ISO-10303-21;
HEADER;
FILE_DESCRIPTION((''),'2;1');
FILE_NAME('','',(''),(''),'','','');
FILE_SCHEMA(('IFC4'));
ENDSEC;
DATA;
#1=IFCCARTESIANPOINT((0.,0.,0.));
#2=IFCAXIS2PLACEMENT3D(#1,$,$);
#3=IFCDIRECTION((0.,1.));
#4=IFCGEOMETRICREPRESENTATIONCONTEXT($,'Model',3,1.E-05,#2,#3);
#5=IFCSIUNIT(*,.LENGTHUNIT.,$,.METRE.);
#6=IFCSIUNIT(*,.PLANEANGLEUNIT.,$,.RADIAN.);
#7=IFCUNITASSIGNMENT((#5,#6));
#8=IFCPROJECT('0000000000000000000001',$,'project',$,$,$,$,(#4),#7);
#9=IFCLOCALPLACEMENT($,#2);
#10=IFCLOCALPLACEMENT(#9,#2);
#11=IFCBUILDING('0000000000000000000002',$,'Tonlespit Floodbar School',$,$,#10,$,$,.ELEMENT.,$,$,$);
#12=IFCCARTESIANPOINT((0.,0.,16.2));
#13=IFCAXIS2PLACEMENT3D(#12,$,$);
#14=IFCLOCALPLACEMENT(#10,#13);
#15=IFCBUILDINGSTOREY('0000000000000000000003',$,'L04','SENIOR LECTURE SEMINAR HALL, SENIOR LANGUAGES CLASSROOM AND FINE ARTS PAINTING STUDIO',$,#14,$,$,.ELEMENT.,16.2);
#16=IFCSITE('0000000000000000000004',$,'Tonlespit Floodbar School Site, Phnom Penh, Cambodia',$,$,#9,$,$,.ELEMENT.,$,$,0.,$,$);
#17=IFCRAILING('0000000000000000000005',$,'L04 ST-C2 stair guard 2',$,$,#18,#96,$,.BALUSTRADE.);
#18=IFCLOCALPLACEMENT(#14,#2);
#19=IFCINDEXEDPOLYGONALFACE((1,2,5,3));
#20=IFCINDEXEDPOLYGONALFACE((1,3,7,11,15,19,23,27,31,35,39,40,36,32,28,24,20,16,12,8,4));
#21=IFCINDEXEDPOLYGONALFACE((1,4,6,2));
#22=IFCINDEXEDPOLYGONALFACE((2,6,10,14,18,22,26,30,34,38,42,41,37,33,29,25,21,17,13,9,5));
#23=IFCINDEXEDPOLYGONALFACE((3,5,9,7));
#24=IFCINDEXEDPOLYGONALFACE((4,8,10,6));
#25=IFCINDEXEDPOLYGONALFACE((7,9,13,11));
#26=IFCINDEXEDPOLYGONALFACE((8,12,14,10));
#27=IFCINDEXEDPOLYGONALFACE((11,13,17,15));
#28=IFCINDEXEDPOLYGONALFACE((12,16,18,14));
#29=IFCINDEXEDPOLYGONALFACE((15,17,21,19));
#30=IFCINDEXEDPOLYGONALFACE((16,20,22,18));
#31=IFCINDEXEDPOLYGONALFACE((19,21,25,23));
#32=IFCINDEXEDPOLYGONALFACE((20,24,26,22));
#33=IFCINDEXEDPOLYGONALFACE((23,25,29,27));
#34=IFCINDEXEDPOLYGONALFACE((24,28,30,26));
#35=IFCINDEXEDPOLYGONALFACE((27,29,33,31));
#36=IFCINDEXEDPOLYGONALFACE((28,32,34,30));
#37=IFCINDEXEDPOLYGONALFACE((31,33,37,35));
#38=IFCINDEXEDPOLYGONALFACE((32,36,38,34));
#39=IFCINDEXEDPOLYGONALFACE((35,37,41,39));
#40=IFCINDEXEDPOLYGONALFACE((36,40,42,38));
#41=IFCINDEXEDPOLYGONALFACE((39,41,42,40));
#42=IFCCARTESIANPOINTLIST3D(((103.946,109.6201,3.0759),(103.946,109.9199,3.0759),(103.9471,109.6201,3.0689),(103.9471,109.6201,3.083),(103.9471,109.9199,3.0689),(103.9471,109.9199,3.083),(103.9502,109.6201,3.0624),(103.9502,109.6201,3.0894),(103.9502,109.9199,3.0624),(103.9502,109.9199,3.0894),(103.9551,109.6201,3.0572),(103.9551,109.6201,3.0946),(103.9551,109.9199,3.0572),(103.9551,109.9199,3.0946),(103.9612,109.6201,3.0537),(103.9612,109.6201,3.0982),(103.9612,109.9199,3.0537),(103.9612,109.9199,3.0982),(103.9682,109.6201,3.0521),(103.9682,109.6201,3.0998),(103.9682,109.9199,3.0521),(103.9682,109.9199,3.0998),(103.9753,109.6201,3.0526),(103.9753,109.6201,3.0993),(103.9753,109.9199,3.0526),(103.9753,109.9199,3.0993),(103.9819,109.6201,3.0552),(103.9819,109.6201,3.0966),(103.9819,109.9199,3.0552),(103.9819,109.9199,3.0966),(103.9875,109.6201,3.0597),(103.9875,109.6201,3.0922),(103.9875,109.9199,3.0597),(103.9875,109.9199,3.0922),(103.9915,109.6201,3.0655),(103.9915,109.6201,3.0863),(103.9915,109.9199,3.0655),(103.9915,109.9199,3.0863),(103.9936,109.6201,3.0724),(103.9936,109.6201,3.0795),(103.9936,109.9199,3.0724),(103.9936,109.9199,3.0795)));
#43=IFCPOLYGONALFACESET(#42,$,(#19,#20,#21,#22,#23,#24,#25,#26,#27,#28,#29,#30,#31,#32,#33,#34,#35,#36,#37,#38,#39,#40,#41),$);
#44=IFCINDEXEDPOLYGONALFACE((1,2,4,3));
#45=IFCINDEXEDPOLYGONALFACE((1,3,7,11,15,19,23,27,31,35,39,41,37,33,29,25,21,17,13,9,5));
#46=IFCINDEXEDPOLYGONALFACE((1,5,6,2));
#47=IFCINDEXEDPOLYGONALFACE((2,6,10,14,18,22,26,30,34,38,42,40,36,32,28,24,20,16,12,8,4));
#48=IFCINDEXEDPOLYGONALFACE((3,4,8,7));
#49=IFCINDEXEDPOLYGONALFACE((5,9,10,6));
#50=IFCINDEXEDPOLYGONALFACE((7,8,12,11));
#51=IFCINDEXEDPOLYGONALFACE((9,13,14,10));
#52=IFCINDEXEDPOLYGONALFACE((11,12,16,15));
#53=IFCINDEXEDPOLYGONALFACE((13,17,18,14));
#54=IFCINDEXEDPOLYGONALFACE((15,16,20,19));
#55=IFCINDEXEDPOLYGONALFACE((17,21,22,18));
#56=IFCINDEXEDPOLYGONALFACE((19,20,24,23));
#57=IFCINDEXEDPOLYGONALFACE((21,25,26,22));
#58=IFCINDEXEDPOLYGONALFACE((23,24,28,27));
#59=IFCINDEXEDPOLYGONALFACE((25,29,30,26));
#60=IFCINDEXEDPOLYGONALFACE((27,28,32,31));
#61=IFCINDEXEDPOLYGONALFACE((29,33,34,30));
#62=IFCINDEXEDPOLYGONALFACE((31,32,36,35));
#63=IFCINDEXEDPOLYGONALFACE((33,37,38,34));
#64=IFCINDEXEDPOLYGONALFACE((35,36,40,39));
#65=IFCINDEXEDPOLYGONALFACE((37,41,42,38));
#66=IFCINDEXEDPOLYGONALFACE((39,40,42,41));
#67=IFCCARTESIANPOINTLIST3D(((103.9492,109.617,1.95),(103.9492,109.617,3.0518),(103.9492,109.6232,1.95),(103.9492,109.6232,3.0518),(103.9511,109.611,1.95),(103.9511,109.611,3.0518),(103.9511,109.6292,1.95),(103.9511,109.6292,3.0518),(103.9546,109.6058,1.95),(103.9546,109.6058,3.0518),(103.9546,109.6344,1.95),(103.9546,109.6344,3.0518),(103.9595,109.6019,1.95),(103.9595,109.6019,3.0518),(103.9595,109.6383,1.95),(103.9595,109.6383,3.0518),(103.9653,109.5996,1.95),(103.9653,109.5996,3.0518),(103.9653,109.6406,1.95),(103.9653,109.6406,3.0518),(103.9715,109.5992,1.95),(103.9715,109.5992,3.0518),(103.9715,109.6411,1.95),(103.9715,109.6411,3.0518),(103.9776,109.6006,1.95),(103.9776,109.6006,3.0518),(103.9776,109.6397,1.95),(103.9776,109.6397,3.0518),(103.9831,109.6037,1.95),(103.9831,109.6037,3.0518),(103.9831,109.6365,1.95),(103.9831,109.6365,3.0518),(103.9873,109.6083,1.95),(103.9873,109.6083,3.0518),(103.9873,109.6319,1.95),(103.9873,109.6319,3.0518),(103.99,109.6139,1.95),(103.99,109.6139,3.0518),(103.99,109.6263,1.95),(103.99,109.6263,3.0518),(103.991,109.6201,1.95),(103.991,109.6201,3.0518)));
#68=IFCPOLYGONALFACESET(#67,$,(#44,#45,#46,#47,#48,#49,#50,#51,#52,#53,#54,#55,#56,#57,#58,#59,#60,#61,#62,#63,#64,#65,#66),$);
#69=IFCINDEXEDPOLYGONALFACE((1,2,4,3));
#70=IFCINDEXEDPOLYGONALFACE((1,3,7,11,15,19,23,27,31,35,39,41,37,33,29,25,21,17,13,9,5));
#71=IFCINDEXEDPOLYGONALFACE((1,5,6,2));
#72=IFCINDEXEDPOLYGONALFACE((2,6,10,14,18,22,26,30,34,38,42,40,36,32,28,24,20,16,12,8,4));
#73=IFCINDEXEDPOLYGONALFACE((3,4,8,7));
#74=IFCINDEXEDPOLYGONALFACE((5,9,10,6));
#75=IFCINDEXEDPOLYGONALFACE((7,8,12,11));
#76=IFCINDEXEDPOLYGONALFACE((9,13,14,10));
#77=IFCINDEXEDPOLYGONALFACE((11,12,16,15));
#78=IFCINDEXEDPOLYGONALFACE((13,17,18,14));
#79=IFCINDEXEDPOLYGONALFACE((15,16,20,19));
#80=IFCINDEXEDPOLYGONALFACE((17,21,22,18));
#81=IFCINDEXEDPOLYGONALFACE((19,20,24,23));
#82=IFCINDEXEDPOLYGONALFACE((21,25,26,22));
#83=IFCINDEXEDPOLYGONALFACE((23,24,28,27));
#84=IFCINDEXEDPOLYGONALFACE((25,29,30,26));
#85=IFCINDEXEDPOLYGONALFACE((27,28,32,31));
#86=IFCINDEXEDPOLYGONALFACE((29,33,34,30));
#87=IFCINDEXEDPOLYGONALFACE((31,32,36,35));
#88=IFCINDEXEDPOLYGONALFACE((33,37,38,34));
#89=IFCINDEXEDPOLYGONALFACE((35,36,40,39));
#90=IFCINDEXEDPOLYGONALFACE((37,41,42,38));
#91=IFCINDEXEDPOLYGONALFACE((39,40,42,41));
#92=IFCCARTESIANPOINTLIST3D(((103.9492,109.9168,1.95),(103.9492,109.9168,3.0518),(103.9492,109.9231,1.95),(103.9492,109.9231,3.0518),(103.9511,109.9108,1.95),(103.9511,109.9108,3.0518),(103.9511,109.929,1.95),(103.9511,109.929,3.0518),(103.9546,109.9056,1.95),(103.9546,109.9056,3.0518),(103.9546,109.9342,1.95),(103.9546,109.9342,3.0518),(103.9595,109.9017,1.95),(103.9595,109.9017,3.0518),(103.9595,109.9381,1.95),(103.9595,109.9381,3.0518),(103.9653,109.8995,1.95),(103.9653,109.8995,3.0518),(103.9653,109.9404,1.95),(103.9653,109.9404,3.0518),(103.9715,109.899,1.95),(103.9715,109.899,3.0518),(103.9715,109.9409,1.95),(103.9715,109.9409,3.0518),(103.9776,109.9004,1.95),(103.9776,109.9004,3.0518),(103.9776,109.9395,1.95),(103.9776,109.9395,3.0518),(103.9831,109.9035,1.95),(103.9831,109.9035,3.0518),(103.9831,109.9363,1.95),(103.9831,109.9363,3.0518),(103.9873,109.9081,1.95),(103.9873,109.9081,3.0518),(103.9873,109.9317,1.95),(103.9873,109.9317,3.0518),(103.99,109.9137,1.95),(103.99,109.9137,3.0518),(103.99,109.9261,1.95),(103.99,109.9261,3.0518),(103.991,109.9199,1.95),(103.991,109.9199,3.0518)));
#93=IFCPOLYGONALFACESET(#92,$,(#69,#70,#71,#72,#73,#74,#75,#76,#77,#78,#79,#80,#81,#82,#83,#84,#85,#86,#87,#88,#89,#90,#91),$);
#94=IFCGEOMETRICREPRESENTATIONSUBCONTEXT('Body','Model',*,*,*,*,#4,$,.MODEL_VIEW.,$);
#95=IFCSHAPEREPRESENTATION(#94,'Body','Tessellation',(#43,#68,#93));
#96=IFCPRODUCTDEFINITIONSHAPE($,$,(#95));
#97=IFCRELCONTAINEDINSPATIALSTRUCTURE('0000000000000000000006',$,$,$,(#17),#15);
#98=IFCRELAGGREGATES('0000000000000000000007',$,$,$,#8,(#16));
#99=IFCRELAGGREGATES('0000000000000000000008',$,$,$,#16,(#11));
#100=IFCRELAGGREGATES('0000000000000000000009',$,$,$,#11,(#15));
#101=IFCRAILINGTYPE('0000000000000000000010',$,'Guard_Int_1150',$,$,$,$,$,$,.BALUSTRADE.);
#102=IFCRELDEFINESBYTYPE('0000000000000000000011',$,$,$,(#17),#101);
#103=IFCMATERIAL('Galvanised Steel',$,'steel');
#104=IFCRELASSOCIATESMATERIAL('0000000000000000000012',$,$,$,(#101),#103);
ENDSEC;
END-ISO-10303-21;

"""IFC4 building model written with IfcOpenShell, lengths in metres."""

from ifc_helpers import new_model, si_unit, direction, frame, origin, origin_2d, place, context, subcontext, project, spatial, circle, extrude, material, type_object, element, save


model = new_model("IFC4")

# Units and contexts
model_context = context("Model", 3, precision=1e-05, world=origin(), true_north=direction((0.0, 1.0)))
body_context = subcontext(model_context, "Body", "Model", "MODEL_VIEW")
ifc_project = project(units=[si_unit("LENGTHUNIT", "METRE"), si_unit("PLANEANGLEUNIT", "RADIAN")], contexts=[model_context])

# Site, building, storey
site_placement = place(None, origin())
site = spatial("IfcSite", under=ifc_project, at=site_placement, Name="Tonlespit Floodbar School Site, Phnom Penh, Cambodia", CompositionType="ELEMENT", RefElevation=0.0)
building_placement = place(site_placement, origin())
building = spatial("IfcBuilding", under=site, at=building_placement, Name="Tonlespit Floodbar School", CompositionType="ELEMENT")
storey_placement = place(building_placement, frame((0.0, 0.0, 16.2)))
storey = spatial("IfcBuildingStorey", under=building, at=storey_placement, Name="L04", Description="SENIOR LECTURE SEMINAR HALL, SENIOR LANGUAGES CLASSROOM AND FINE ARTS PAINTING STUDIO", CompositionType="ELEMENT", Elevation=16.2)

# Shared definitions
ifc_material_1 = material(Name="Galvanised Steel", Category="steel")

# Railing
railing_type_1 = type_object("IfcRailingType", Name="Guard_Int_1150", PredefinedType="BALUSTRADE", material=ifc_material_1)
railing_1_placement = place(storey_placement, frame((103.97, 109.6201, 1.95)))
element("IfcRailing", 1, at=railing_1_placement, inside=storey, type_object=railing_type_1, Name="L04 ST-C2 stair guard 2", PredefinedType="BALUSTRADE", context=body_context, shape_type="SweptSolid", body=[
    extrude(circle(Radius=0.0239, at=origin_2d()), frame((0.0, 0.0, 1.126), z_axis=(0.0, 1.0, 0.0), x_axis=(-1.0, 0.0, 0.0)), (0.0, 0.0, 1.0), 0.2998),
    extrude(circle(Radius=0.021, at=origin_2d()), origin(), (0.0, 0.0, 1.0), 1.1018),
    extrude(circle(Radius=0.021, at=origin_2d()), frame((0.0, 0.2998, 0.0)), (0.0, 0.0, 1.0), 1.1018),
])

save(model, "model.ifc")
